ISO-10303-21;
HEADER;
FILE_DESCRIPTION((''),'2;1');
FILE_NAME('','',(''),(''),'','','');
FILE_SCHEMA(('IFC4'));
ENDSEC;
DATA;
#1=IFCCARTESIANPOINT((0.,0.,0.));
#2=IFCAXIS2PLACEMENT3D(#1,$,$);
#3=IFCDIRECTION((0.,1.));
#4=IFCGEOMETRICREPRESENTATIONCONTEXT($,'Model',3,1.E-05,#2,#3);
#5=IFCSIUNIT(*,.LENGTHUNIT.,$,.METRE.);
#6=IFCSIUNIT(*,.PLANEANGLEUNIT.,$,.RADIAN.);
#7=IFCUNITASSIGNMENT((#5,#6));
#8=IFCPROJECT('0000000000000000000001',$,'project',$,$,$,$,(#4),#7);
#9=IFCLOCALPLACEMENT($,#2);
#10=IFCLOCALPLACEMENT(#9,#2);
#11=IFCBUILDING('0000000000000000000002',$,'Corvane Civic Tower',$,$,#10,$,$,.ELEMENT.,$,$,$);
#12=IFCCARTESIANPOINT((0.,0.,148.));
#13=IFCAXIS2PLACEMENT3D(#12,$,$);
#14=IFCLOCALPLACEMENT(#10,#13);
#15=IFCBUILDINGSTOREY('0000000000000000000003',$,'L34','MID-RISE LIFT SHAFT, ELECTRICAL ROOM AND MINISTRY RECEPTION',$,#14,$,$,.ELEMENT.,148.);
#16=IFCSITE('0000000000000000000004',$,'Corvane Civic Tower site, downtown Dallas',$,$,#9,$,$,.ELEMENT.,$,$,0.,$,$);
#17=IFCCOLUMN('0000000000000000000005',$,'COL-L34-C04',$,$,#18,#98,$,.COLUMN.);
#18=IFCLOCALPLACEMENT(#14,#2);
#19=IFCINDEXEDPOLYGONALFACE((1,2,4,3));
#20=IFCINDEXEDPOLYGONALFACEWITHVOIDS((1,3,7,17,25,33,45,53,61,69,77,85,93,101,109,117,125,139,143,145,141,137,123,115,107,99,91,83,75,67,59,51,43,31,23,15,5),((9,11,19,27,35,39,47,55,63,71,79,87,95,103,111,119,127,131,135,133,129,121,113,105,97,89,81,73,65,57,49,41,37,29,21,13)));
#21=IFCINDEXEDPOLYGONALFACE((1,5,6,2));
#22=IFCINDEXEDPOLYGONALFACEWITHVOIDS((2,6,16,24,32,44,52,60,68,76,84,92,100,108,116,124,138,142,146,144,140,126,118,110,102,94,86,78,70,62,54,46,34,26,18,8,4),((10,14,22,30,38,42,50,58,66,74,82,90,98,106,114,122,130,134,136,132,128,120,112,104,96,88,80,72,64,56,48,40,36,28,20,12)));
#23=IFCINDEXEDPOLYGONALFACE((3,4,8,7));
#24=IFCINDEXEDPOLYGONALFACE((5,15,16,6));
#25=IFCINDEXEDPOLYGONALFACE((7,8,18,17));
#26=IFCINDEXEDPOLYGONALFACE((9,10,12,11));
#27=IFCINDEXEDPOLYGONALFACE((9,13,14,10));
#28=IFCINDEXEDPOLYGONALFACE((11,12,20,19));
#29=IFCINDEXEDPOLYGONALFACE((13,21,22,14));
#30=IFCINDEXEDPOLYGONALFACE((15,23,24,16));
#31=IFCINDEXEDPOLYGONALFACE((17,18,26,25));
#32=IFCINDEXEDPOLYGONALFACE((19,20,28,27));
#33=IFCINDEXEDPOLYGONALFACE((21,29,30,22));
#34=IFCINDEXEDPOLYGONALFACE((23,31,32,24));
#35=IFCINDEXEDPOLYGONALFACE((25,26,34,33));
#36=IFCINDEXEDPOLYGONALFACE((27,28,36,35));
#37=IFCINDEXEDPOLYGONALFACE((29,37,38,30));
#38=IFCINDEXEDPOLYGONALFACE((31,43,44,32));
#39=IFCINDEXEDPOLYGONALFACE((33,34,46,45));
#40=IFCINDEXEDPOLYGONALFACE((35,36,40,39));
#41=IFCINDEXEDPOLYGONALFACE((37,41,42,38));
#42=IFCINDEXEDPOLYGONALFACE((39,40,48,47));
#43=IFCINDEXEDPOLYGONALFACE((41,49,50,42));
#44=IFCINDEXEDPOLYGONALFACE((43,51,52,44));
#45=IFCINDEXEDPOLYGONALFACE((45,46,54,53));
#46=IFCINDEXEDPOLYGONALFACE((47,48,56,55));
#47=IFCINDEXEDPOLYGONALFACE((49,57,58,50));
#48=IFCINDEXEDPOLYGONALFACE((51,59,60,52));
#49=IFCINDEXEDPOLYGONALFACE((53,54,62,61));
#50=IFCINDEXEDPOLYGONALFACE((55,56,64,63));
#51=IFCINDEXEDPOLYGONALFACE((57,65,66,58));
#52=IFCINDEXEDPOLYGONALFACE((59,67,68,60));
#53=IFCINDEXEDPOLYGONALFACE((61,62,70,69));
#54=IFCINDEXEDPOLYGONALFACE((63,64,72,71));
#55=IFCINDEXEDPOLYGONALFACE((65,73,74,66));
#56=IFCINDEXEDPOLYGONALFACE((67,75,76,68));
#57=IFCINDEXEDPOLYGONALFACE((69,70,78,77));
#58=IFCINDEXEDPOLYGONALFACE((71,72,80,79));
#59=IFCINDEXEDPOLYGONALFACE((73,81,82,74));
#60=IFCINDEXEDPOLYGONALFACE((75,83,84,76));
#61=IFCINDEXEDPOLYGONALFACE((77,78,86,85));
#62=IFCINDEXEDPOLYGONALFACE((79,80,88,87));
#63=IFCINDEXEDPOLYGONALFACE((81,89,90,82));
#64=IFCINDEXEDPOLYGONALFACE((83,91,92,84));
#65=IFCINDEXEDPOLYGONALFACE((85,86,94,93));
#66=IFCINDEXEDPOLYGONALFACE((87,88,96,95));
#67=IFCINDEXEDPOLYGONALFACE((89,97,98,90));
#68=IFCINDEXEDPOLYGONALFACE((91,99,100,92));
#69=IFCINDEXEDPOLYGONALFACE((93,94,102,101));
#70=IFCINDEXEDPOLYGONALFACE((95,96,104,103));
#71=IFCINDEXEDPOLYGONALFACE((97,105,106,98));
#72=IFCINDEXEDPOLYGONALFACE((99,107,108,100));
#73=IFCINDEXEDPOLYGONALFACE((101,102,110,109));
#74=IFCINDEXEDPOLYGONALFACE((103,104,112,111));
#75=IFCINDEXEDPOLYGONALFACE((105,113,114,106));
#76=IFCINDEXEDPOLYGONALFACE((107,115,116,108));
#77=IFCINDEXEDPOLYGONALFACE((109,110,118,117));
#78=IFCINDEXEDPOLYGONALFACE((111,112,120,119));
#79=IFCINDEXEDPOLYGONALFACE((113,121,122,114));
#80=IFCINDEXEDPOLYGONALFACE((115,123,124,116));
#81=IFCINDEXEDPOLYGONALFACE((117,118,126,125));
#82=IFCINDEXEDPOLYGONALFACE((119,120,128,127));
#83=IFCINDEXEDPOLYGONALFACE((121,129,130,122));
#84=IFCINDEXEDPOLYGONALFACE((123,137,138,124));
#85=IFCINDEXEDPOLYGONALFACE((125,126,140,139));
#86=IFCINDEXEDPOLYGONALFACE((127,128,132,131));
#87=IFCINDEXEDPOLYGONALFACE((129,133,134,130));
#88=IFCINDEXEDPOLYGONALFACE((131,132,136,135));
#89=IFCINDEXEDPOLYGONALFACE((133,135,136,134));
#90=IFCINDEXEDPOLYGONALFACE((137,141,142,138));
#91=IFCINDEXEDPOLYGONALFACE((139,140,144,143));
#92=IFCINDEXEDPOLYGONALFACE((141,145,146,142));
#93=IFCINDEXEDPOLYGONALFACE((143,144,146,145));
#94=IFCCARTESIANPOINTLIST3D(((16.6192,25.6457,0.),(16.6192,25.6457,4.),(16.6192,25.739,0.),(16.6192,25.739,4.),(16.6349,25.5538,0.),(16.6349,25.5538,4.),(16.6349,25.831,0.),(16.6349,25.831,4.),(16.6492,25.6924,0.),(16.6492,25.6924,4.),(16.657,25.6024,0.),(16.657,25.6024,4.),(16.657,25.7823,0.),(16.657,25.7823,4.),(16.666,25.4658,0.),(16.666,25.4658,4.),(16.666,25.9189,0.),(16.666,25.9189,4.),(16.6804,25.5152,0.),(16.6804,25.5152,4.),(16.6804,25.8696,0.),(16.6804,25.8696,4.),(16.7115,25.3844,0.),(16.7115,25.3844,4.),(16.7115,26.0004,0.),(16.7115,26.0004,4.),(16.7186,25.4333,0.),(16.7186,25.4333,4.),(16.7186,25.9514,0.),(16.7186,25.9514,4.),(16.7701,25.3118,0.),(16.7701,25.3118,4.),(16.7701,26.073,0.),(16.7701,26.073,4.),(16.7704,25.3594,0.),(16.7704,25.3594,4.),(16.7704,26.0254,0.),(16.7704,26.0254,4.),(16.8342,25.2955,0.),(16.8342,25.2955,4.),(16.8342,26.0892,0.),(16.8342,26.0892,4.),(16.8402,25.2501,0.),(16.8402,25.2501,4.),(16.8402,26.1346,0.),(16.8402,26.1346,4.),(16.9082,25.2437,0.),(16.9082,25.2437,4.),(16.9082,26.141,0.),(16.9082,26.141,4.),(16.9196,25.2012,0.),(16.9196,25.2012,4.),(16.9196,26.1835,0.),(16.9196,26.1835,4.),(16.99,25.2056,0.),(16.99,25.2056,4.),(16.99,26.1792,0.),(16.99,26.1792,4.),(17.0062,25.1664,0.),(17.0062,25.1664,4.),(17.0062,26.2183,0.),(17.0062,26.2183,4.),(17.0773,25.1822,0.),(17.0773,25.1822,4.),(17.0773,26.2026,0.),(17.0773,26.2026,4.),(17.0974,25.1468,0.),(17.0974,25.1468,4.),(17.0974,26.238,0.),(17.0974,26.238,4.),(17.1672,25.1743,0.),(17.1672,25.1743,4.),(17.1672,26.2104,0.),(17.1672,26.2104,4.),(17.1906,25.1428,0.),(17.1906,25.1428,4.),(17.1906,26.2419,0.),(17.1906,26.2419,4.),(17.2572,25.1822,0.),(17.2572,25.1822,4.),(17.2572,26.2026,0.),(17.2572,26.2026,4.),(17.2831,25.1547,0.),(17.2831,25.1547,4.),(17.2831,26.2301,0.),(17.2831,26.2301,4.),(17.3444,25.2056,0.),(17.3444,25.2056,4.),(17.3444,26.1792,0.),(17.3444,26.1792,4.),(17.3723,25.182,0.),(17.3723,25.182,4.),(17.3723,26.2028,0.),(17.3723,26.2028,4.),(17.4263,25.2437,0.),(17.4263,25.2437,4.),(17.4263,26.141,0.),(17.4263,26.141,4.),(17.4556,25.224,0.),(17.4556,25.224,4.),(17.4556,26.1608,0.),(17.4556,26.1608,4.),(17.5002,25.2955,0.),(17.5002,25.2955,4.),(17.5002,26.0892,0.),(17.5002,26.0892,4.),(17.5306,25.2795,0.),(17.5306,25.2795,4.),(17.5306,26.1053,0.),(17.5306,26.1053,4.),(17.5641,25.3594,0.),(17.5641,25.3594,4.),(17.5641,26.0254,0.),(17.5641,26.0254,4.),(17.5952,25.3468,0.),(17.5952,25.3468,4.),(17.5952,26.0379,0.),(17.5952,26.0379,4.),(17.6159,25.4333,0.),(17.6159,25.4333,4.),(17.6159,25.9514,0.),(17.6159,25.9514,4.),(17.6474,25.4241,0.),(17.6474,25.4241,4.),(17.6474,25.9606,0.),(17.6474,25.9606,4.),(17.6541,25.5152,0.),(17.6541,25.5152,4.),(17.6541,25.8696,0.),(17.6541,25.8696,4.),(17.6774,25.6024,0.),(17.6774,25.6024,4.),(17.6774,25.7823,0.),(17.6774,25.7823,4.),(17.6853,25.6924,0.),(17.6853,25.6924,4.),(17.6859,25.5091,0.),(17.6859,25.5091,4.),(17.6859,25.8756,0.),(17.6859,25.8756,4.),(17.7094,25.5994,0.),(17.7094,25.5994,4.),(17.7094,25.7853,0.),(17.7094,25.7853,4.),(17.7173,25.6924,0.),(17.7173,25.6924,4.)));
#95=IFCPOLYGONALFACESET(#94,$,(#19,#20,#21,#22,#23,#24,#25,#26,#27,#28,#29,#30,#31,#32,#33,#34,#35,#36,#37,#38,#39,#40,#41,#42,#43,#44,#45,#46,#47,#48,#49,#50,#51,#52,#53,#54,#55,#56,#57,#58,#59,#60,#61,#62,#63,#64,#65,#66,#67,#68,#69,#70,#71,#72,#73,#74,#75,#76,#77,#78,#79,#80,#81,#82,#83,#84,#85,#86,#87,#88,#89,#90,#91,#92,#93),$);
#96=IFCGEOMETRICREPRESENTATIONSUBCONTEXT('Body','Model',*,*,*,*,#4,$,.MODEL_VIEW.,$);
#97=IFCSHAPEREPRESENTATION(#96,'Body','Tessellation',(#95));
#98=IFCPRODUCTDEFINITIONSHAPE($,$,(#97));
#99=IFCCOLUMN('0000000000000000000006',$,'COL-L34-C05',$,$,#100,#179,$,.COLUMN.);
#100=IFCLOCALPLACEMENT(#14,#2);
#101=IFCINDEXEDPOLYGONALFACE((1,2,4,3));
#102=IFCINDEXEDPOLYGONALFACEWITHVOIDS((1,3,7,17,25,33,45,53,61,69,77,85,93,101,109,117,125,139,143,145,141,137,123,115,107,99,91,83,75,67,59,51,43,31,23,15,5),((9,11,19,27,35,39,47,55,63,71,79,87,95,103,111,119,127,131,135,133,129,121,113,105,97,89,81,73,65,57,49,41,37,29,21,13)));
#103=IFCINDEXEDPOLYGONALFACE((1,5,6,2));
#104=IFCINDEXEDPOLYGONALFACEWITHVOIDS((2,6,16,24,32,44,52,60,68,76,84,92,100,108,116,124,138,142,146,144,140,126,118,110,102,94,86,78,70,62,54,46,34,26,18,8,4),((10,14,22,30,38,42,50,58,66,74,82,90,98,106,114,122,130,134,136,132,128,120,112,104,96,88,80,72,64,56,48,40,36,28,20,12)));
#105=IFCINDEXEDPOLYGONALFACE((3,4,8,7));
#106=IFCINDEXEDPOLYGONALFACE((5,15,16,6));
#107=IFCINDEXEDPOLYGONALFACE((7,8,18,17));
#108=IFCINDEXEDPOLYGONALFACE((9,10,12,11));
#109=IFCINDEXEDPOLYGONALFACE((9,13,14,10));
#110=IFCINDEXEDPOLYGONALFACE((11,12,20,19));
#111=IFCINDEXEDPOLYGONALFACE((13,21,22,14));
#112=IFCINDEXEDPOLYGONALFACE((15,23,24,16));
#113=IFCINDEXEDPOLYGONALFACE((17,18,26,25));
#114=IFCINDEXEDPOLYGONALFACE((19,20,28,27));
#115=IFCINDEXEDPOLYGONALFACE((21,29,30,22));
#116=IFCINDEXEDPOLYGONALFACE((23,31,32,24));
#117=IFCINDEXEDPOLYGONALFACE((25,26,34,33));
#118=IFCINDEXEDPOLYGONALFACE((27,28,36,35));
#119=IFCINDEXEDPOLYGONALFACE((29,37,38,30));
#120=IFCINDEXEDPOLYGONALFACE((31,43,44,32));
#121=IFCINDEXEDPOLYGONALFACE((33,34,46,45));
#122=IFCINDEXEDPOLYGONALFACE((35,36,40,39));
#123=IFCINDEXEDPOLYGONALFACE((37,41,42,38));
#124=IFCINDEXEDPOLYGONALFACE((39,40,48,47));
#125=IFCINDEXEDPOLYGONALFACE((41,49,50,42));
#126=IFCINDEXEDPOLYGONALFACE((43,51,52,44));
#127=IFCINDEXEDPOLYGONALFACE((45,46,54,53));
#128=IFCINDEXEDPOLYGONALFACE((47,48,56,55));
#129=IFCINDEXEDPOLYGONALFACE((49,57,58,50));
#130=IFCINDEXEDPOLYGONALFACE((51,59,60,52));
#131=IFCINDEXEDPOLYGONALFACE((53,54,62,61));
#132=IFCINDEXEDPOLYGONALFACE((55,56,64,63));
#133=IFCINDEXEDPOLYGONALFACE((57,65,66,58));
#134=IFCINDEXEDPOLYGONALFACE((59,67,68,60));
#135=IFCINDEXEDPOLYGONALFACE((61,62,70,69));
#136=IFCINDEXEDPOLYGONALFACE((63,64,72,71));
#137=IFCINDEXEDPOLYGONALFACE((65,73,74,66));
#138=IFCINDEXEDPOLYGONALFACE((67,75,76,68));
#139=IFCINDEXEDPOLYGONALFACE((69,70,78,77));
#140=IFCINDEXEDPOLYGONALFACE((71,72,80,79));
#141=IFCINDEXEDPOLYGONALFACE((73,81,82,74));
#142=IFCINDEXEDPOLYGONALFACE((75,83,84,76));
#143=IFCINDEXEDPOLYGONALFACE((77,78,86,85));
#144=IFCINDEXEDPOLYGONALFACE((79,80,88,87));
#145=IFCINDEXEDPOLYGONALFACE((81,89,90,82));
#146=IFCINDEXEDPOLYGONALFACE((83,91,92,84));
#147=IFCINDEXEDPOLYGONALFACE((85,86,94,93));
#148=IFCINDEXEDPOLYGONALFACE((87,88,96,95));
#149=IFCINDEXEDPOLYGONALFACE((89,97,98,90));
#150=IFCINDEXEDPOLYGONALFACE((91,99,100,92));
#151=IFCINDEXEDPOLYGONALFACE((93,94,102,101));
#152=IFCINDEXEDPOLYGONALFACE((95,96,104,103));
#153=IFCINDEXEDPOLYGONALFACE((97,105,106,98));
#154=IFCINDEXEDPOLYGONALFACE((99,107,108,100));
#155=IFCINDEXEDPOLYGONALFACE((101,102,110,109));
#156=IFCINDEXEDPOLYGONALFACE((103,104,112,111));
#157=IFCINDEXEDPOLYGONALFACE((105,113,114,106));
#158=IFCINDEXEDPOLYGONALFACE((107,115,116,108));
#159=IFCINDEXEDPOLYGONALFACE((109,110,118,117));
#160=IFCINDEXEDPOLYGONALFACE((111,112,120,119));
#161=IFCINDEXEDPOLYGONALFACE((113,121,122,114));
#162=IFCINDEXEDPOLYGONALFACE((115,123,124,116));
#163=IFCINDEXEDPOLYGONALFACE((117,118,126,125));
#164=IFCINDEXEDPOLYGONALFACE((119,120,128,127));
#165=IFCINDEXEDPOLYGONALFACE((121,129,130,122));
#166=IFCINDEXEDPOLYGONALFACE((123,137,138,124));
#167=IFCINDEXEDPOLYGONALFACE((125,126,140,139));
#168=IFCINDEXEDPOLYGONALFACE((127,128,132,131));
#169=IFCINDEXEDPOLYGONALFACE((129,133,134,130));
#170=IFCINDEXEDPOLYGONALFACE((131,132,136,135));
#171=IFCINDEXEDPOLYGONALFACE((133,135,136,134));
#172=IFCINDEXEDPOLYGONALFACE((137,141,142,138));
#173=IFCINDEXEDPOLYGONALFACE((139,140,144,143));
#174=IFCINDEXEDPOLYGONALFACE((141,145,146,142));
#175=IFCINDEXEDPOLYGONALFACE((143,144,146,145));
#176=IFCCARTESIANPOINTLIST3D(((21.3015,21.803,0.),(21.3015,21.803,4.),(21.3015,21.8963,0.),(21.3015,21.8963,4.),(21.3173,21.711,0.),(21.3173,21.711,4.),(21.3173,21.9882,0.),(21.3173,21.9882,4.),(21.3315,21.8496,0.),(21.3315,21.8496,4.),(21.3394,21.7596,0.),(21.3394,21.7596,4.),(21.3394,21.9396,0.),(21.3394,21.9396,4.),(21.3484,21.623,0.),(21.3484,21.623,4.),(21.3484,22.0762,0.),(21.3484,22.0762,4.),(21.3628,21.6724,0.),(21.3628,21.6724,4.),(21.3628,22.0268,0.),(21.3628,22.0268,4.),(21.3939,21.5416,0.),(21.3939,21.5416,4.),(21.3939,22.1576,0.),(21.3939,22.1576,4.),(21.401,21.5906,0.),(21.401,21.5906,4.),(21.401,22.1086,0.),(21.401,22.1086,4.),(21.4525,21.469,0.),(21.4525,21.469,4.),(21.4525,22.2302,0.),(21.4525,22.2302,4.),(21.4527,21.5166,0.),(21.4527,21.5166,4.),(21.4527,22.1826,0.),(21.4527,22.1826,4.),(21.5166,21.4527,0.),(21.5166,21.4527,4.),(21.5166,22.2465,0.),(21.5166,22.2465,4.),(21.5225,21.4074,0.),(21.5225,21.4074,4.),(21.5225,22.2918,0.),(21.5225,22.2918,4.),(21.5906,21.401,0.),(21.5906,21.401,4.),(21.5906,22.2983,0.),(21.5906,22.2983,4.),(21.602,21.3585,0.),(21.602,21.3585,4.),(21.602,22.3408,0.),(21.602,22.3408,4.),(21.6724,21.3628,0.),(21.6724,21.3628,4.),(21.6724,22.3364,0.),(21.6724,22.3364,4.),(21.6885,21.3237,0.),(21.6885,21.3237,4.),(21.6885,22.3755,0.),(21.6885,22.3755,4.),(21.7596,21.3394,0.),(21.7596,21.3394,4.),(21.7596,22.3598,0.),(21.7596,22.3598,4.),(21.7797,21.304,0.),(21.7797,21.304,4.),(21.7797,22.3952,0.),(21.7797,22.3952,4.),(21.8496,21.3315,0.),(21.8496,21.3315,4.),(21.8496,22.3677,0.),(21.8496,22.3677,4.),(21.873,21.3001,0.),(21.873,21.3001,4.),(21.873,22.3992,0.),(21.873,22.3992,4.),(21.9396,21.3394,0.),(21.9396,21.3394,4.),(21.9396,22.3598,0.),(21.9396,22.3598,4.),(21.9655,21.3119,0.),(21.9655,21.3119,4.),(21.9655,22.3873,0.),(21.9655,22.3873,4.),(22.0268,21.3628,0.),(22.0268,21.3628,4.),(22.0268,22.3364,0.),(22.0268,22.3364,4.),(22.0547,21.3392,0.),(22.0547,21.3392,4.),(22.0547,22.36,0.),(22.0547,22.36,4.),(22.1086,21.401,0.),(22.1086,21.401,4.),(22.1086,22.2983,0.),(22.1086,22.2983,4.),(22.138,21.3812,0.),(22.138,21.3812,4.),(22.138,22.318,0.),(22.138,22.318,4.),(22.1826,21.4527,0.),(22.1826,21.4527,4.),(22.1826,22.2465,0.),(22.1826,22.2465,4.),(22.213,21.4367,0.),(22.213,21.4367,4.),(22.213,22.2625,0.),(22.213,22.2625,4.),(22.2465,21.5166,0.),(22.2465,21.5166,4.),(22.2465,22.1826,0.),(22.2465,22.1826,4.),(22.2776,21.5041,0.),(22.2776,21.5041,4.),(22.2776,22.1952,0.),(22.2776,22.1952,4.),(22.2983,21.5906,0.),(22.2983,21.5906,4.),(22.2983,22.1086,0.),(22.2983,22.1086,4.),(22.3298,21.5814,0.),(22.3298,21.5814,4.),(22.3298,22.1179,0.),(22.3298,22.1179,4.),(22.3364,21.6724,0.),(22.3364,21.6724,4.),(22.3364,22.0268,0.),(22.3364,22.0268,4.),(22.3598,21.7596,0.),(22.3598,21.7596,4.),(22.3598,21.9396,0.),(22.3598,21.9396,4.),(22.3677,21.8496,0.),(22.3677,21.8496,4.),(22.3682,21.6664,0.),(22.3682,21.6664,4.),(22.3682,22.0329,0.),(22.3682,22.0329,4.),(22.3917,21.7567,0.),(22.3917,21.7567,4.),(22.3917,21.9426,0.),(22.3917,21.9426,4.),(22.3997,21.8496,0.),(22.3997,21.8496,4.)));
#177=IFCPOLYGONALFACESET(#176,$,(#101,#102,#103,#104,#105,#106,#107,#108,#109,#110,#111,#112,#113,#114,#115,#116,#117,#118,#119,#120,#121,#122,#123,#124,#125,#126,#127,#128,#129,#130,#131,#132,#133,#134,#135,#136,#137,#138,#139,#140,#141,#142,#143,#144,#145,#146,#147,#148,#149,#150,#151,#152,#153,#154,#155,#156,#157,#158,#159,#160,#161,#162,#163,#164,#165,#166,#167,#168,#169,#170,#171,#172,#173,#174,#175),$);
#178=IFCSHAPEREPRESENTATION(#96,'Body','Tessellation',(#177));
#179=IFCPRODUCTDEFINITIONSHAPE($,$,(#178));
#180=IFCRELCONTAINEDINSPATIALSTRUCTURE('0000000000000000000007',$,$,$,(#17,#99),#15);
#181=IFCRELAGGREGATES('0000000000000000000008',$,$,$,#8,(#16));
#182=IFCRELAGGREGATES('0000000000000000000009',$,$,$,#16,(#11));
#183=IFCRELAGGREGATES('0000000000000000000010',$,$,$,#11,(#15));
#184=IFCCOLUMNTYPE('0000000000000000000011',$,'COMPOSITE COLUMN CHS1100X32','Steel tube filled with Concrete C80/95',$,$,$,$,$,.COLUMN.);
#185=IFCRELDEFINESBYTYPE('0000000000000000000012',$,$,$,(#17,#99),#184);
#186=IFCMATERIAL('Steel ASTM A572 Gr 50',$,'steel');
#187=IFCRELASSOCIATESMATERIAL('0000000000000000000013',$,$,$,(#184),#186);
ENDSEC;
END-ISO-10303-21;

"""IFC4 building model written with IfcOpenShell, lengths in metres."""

from ifc_helpers import new_model, si_unit, direction, frame, origin, origin_2d, place, context, subcontext, project, spatial, hollow_circle, extrude, material, material_profile, profile_set, type_object, element, save


model = new_model("IFC4")

# Units and contexts
model_context = context("Model", 3, precision=1e-05, world=origin(), true_north=direction((0.0, 1.0)))
body_context = subcontext(model_context, "Body", "Model", "MODEL_VIEW")
ifc_project = project(units=[si_unit("LENGTHUNIT", "METRE"), si_unit("PLANEANGLEUNIT", "RADIAN")], contexts=[model_context])

# Site, building, storey
site_placement = place(None, origin())
site = spatial("IfcSite", under=ifc_project, at=site_placement, Name="Corvane Civic Tower site, downtown Dallas", CompositionType="ELEMENT", RefElevation=0.0)
building_placement = place(site_placement, origin())
building = spatial("IfcBuilding", under=site, at=building_placement, Name="Corvane Civic Tower", CompositionType="ELEMENT")
storey_placement = place(building_placement, frame((0.0, 0.0, 148.0)))
storey = spatial("IfcBuildingStorey", under=building, at=storey_placement, Name="L34", Description="MID-RISE LIFT SHAFT, ELECTRICAL ROOM AND MINISTRY RECEPTION", CompositionType="ELEMENT", Elevation=148.0)

# Columns
ifc_material_1 = material(Name="Steel ASTM A572 Gr 50", Category="steel")
ifc_material_profile_1 = material_profile(ifc_material_1, hollow_circle(Radius=0.55, WallThickness=0.032, at=origin_2d()), Name="CHS1100X32")
ifc_profile_set_1 = profile_set([ifc_material_profile_1], Name="Steel ASTM A572 Gr 50")
column_type = type_object("IfcColumnType", Name="COMPOSITE COLUMN CHS1100X32", Description="Steel tube filled with Concrete C80/95", PredefinedType="COLUMN", material=ifc_profile_set_1)
for number, where, z_axis, x_axis, name in (
    (1, (17.1672, 25.6924, 0.0), (0.0, 0.0, 1.0), (1.0, 0.0, 0.0), "COL-L34-C04"),
    (2, (21.8496, 21.8496, 0.0), (0.0, 0.0, 1.0), (1.0, 0.0, 0.0), "COL-L34-C05"),
):
    element("IfcColumn", number, at=place(storey_placement, frame(where, z_axis=z_axis, x_axis=x_axis)), inside=storey, type_object=column_type, Name=name, PredefinedType="COLUMN", context=body_context, shape_type="SweptSolid", body=[
        extrude(hollow_circle(Radius=0.55, WallThickness=0.032, at=origin_2d()), origin(), (0.0, 0.0, 1.0), 4.0),
    ])

save(model, "model.ifc")
